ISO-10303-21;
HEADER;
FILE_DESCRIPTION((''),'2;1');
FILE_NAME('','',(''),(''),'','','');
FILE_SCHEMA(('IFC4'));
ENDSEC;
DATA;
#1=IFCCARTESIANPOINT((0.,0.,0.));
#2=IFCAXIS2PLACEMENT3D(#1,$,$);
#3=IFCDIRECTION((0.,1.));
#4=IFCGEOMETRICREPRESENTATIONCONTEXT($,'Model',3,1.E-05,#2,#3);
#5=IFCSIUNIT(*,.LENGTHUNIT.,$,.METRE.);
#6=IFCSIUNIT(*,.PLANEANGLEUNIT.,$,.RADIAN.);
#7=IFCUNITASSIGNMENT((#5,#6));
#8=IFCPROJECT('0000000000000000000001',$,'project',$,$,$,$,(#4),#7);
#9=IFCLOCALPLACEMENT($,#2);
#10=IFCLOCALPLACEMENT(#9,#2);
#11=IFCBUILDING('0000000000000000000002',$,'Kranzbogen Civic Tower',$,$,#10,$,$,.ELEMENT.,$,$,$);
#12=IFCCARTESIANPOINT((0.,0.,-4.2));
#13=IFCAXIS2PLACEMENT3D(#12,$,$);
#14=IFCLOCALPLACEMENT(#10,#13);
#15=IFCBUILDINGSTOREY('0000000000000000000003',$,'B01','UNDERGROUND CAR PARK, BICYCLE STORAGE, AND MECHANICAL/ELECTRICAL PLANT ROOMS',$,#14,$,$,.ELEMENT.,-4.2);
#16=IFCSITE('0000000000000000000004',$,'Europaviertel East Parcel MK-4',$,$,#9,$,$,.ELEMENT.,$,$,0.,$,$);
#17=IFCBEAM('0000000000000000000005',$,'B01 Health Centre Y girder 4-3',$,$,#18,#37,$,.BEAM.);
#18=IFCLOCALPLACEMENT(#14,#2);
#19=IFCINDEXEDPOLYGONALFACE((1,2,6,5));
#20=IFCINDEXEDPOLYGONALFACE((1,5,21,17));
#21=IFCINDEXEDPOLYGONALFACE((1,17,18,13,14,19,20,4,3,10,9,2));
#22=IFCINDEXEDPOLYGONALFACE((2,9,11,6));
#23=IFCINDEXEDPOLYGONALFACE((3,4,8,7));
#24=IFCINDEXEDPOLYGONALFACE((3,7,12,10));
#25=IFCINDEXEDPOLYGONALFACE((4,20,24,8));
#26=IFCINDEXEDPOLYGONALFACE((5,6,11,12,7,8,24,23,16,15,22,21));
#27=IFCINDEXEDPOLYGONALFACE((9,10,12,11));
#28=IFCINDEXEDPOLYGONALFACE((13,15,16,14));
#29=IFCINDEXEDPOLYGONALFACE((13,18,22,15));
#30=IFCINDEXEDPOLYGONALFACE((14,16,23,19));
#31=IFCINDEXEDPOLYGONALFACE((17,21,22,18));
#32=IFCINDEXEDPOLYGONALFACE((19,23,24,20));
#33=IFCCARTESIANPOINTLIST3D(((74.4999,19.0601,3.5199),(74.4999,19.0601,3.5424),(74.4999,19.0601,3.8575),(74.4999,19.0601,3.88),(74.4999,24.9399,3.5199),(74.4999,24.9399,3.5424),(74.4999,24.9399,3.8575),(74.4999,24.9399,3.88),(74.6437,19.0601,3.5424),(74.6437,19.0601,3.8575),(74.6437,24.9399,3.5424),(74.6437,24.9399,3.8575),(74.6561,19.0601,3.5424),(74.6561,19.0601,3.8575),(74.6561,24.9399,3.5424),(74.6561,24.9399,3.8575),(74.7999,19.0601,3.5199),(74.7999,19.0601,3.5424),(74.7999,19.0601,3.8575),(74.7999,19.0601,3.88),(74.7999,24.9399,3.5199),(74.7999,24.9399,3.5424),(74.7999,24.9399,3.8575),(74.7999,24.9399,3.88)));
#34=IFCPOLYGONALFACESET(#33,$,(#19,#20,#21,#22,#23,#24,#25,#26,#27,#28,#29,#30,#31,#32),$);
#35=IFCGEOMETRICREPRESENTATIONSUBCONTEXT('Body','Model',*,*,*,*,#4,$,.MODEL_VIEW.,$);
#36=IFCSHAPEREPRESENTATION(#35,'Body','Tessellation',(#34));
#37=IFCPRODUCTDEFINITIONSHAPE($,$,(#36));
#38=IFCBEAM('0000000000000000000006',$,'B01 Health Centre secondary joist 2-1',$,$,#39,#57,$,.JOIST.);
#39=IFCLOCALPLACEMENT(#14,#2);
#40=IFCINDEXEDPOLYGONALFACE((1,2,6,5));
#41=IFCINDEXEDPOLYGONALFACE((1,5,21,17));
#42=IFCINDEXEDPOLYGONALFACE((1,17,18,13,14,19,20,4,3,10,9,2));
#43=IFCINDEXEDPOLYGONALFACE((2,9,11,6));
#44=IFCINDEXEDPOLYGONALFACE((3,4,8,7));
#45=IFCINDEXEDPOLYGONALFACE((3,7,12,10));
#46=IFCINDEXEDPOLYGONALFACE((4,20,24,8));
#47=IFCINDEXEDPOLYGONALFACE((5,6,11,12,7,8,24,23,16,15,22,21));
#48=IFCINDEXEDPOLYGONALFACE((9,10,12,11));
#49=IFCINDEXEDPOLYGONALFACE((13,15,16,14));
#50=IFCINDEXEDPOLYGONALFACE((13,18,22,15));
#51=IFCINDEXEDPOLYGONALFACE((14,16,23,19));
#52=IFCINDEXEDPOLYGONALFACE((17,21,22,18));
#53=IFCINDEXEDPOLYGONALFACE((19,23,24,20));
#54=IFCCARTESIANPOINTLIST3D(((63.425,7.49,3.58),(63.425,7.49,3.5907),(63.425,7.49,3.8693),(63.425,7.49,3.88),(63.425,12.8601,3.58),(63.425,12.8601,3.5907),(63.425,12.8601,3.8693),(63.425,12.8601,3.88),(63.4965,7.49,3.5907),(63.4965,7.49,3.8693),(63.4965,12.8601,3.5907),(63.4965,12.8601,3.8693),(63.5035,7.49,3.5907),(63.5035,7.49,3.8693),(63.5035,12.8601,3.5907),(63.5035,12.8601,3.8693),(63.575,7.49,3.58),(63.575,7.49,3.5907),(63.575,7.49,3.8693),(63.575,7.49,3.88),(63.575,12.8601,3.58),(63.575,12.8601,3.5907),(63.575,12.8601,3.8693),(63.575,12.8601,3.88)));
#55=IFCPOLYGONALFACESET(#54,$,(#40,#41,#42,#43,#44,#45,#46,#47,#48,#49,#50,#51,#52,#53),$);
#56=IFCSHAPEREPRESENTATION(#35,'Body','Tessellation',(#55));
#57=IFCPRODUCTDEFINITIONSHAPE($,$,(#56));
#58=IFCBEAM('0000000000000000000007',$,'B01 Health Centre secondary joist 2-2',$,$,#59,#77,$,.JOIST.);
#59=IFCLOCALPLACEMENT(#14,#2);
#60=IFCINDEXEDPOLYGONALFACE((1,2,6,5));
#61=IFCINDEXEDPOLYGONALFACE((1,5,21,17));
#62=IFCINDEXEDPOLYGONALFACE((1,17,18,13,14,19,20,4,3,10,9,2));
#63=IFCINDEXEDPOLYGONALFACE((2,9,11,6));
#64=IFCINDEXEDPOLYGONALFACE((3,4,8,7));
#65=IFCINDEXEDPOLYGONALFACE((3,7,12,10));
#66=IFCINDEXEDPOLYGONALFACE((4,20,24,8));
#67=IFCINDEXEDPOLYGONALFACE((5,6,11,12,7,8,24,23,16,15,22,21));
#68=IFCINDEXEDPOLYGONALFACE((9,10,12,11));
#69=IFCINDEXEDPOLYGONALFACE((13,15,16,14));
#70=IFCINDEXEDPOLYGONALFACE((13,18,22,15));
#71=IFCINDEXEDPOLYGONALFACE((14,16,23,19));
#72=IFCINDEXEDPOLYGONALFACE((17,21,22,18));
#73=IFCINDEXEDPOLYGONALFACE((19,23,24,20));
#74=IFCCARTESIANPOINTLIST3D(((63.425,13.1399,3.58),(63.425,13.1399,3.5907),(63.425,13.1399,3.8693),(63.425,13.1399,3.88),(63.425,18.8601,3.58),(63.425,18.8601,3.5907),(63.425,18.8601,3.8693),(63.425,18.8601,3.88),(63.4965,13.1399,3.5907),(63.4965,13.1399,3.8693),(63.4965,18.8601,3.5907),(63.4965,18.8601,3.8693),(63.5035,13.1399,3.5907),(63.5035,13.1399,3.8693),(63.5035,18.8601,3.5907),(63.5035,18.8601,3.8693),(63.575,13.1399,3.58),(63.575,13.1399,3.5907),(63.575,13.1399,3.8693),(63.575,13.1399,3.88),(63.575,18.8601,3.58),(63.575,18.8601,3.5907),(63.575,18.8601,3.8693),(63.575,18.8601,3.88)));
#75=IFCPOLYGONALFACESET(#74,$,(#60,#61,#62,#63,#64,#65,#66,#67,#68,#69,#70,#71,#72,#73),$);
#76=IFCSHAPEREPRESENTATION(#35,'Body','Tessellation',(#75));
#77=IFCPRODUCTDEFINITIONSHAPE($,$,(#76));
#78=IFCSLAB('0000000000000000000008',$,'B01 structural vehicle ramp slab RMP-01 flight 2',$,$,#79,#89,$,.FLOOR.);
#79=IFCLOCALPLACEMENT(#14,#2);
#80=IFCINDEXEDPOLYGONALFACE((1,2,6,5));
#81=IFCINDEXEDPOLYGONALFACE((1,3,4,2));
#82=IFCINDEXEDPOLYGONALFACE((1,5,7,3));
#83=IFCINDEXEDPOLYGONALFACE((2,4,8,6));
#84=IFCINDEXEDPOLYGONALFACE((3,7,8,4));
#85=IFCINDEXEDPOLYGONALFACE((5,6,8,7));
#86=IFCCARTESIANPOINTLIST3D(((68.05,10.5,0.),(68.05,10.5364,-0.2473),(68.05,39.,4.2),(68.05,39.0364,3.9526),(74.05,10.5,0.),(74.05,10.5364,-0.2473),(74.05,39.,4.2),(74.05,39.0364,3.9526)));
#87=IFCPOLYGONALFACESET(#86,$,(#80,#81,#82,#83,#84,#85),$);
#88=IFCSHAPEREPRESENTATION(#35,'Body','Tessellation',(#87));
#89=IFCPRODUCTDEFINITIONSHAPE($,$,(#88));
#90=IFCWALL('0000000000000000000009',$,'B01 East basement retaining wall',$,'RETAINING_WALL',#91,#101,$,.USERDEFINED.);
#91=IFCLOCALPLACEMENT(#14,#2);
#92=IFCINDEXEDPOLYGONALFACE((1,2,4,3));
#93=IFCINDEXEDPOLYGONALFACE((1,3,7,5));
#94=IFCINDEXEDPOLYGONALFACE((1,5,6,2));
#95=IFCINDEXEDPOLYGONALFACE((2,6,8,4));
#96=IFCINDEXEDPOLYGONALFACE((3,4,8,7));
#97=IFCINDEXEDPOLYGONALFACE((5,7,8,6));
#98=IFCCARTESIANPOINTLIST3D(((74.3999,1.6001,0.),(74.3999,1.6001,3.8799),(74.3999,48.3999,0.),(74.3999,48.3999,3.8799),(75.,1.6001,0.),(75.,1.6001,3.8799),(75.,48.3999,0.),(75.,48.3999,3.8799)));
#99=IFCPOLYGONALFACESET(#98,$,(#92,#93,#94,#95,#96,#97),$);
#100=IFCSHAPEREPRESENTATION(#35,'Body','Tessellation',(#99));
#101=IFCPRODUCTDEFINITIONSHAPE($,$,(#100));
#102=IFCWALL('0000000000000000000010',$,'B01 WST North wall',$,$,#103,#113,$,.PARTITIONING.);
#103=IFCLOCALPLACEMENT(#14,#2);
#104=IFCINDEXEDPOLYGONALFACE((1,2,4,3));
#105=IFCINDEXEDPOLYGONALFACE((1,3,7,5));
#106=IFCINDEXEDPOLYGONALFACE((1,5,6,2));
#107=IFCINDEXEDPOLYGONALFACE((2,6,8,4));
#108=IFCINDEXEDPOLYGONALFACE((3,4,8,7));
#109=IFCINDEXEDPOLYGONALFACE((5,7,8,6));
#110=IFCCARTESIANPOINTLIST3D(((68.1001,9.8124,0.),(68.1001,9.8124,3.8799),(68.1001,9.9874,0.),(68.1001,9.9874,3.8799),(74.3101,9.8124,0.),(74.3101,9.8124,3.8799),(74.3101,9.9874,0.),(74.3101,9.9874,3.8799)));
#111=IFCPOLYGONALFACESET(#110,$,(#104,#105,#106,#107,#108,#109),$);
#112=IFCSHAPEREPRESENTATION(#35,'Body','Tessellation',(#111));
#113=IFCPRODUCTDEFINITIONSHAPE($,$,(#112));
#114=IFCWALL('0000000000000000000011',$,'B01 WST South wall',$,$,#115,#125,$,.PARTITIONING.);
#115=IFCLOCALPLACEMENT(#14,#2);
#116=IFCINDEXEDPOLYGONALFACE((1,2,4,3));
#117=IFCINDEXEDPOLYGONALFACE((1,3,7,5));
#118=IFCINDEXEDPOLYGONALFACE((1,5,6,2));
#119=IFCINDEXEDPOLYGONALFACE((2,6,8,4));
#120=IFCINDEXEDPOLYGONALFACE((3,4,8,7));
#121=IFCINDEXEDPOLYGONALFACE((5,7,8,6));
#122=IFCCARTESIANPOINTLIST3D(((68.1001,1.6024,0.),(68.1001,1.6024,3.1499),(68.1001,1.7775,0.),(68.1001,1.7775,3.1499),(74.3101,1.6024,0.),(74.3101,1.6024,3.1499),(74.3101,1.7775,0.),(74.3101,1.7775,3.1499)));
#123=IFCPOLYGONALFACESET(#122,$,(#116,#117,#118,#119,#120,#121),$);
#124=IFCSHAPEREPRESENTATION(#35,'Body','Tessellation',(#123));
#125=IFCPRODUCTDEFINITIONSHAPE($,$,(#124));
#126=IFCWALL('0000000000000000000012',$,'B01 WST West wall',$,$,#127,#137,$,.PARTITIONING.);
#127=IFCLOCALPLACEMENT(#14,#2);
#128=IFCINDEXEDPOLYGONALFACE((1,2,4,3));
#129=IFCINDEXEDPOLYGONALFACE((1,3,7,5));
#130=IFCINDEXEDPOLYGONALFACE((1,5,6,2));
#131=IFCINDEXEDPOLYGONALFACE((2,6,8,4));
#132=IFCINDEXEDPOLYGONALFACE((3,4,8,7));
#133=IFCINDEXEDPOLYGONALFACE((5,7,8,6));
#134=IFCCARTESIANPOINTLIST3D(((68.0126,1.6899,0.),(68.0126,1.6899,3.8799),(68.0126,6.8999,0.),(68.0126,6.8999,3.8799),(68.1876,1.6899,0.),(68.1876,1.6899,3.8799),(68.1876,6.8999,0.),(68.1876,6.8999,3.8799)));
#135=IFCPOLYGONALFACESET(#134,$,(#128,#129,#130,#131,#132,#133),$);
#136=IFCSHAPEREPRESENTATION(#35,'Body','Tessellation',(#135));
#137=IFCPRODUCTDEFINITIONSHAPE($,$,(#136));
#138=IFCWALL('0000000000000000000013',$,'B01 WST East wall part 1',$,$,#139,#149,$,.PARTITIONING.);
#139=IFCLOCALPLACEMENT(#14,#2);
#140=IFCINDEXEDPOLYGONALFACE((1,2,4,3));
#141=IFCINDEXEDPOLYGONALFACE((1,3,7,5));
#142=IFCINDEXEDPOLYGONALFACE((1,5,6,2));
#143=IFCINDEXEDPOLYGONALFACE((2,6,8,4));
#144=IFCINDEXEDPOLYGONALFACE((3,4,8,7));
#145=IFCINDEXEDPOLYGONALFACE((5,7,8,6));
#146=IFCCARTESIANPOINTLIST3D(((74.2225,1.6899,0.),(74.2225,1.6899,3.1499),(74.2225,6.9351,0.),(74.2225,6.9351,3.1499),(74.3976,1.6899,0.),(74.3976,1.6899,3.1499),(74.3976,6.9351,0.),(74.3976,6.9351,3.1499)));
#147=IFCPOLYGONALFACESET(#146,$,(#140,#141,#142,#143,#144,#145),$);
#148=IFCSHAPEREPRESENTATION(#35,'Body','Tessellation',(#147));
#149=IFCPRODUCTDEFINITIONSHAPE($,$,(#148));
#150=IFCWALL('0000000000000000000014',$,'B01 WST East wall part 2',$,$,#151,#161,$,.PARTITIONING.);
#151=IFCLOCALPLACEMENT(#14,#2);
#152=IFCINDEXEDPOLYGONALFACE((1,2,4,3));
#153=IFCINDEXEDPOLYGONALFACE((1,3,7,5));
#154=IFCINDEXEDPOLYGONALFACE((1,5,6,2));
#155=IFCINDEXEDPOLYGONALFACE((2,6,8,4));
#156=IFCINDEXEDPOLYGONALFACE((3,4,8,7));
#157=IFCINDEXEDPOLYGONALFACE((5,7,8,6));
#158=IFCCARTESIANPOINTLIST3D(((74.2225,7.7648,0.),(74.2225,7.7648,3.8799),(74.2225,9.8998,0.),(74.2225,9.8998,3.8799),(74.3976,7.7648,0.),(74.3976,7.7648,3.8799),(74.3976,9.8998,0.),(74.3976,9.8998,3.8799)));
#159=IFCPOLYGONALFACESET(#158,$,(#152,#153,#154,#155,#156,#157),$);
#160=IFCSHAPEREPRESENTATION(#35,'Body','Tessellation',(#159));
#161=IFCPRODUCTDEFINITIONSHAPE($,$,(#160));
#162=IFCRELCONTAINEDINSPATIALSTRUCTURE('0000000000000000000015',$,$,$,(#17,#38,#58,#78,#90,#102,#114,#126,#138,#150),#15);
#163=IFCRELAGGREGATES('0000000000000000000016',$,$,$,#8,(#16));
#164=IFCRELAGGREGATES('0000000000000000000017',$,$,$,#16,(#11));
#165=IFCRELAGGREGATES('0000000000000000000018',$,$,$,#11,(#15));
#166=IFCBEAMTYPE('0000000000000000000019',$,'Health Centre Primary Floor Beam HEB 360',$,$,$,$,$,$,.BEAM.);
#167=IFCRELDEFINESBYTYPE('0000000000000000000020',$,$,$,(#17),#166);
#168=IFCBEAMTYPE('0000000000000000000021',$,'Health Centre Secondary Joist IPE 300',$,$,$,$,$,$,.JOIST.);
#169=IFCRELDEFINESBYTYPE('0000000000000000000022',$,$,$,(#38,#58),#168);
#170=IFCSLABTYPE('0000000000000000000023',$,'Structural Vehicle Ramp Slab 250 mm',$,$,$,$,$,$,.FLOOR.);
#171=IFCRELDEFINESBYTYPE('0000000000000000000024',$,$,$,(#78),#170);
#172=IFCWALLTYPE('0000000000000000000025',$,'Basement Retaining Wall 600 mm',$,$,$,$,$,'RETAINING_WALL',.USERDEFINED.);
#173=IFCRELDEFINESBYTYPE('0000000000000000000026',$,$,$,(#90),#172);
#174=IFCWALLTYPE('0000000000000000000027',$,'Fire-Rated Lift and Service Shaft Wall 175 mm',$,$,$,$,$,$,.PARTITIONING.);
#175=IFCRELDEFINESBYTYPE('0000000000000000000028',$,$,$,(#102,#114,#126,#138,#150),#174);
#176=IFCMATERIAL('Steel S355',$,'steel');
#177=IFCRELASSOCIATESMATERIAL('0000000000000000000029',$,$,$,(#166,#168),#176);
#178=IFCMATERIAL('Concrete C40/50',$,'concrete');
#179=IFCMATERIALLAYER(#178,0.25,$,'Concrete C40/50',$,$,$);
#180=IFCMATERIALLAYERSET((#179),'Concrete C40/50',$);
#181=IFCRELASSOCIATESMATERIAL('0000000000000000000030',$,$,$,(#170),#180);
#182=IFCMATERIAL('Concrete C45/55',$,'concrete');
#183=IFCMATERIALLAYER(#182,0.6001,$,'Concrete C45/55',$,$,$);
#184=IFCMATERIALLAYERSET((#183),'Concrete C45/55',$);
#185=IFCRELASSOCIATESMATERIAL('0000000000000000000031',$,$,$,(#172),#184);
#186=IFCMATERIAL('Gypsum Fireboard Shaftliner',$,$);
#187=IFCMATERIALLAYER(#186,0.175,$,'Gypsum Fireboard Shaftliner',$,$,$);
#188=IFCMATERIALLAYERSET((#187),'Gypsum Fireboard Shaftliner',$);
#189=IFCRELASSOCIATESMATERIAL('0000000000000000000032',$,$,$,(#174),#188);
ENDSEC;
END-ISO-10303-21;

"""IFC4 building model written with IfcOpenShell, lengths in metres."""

from ifc_helpers import new_model, si_unit, direction, frame, frame_2d, origin, origin_2d, place, context, subcontext, project, spatial, polyline, rectangle, i_section, outline, extrude, material, layer, layer_set, material_profile, profile_set, type_object, element, save


model = new_model("IFC4")

# Units and contexts
model_context = context("Model", 3, precision=1e-05, world=origin(), true_north=direction((0.0, 1.0)))
body_context = subcontext(model_context, "Body", "Model", "MODEL_VIEW")
ifc_project = project(units=[si_unit("LENGTHUNIT", "METRE"), si_unit("PLANEANGLEUNIT", "RADIAN")], contexts=[model_context])

# Site, building, storey
site_placement = place(None, origin())
site = spatial("IfcSite", under=ifc_project, at=site_placement, Name="Europaviertel East Parcel MK-4", CompositionType="ELEMENT", RefElevation=0.0)
building_placement = place(site_placement, origin())
building = spatial("IfcBuilding", under=site, at=building_placement, Name="Kranzbogen Civic Tower", CompositionType="ELEMENT")
storey_placement = place(building_placement, frame((0.0, 0.0, -4.2)))
storey = spatial("IfcBuildingStorey", under=building, at=storey_placement, Name="B01", Description="UNDERGROUND CAR PARK, BICYCLE STORAGE, AND MECHANICAL/ELECTRICAL PLANT ROOMS", CompositionType="ELEMENT", Elevation=-4.2)

# Shared definitions
ifc_material_1 = material(Name="Steel S355", Category="steel")
ifc_material_2 = material(Name="Concrete C40/50", Category="concrete")

# Beams
ifc_material_profile_1 = material_profile(ifc_material_1, i_section(OverallWidth=0.3, OverallDepth=0.3601, WebThickness=0.0125, FlangeThickness=0.0225, at=origin_2d()), Name="HEB 360")
ifc_profile_set_1 = profile_set([ifc_material_profile_1], Name="Steel S355")
beam_type_1 = type_object("IfcBeamType", Name="Health Centre Primary Floor Beam HEB 360", PredefinedType="BEAM", material=ifc_profile_set_1)
for number, where, z_axis, x_axis, name in (
    (1, (74.6499, 19.0601, 3.7), (0.0, 1.0, 0.0), (-1.0, 0.0, 0.0), "B01 Health Centre Y girder 4-3"),
):
    element("IfcBeam", number, at=place(storey_placement, frame(where, z_axis=z_axis, x_axis=x_axis)), inside=storey, type_object=beam_type_1, Name=name, PredefinedType="BEAM", context=body_context, shape_type="SweptSolid", body=[
        extrude(i_section(OverallWidth=0.3, OverallDepth=0.3601, WebThickness=0.0125, FlangeThickness=0.0225, at=origin_2d()), origin(), (0.0, 0.0, 1.0), 5.8799),
    ])
ifc_material_profile_2 = material_profile(ifc_material_1, i_section(OverallWidth=0.1499, OverallDepth=0.3, WebThickness=0.0071, FlangeThickness=0.0107, at=origin_2d()), Name="IPE 300")
ifc_profile_set_2 = profile_set([ifc_material_profile_2], Name="Steel S355")
beam_type_2 = type_object("IfcBeamType", Name="Health Centre Secondary Joist IPE 300", PredefinedType="JOIST", material=ifc_profile_set_2)
beam_1_placement = place(storey_placement, frame((63.5, 7.49, 3.73), z_axis=(0.0, 1.0, 0.0), x_axis=(-1.0, 0.0, 0.0)))
element("IfcBeam", 2, at=beam_1_placement, inside=storey, type_object=beam_type_2, Name="B01 Health Centre secondary joist 2-1", PredefinedType="JOIST", context=body_context, shape_type="SweptSolid", body=[
    extrude(i_section(OverallWidth=0.1499, OverallDepth=0.3, WebThickness=0.0071, FlangeThickness=0.0107, at=origin_2d()), origin(), (0.0, 0.0, 1.0), 5.3701),
])
beam_2_placement = place(storey_placement, frame((63.5, 13.1399, 3.73), z_axis=(0.0, 1.0, 0.0), x_axis=(-1.0, 0.0, 0.0)))
element("IfcBeam", 3, at=beam_2_placement, inside=storey, type_object=beam_type_2, Name="B01 Health Centre secondary joist 2-2", PredefinedType="JOIST", context=body_context, shape_type="SweptSolid", body=[
    extrude(i_section(OverallWidth=0.1499, OverallDepth=0.3, WebThickness=0.0071, FlangeThickness=0.0107, at=origin_2d()), origin(), (0.0, 0.0, 1.0), 5.7202),
])

# Slab
ifc_layer_1 = layer(ifc_material_2, 0.25, Name="Concrete C40/50")
ifc_layer_set_1 = layer_set([ifc_layer_1], Name="Concrete C40/50")
slab_type = type_object("IfcSlabType", Name="Structural Vehicle Ramp Slab 250 mm", PredefinedType="FLOOR", material=ifc_layer_set_1)
slab_placement = place(storey_placement, frame((68.05, 10.5, 0.0), z_axis=(0.0, -0.145792, 0.989315), x_axis=(1.0, 0.0, 0.0)))
element("IfcSlab", 4, at=slab_placement, inside=storey, type_object=slab_type, Name="B01 structural vehicle ramp slab RMP-01 flight 2", PredefinedType="FLOOR", context=body_context, shape_type="SweptSolid", body=[
    extrude(outline(polyline([(0.0, 0.0), (6.0, 0.0), (6.0, 28.8078), (0.0, 28.8078), (0.0, 0.0)])), origin(), (0.0, 0.0, -1.0), 0.25),
])

# Walls
ifc_material_3 = material(Name="Concrete C45/55", Category="concrete")
ifc_layer_2 = layer(ifc_material_3, 0.6001, Name="Concrete C45/55")
ifc_layer_set_2 = layer_set([ifc_layer_2], Name="Concrete C45/55")
wall_type_1 = type_object("IfcWallType", Name="Basement Retaining Wall 600 mm", ElementType="RETAINING_WALL", PredefinedType="USERDEFINED", material=ifc_layer_set_2)
wall_1_placement = place(storey_placement, frame((74.7, 1.6001, 0.0), z_axis=(0.0, 0.0, 1.0), x_axis=(0.0, 1.0, 0.0)))
element("IfcWall", 5, at=wall_1_placement, inside=storey, type_object=wall_type_1, Name="B01 East basement retaining wall", ObjectType="RETAINING_WALL", PredefinedType="USERDEFINED", context=body_context, shape_type="SweptSolid", body=[
    extrude(rectangle(XDim=46.7998, YDim=0.6001, at=frame_2d((23.3999, 0.0))), origin(), (0.0, 0.0, 1.0), 3.8799),
])
ifc_material_4 = material(Name="Gypsum Fireboard Shaftliner")
ifc_layer_3 = layer(ifc_material_4, 0.175, Name="Gypsum Fireboard Shaftliner")
ifc_layer_set_3 = layer_set([ifc_layer_3], Name="Gypsum Fireboard Shaftliner")
wall_type_2 = type_object("IfcWallType", Name="Fire-Rated Lift and Service Shaft Wall 175 mm", PredefinedType="PARTITIONING", material=ifc_layer_set_3)
wall_2_placement = place(storey_placement, frame((68.1001, 9.8999, 0.0), z_axis=(0.0, 0.0, 1.0), x_axis=(1.0, 0.0, 0.0)))
element("IfcWall", 6, at=wall_2_placement, inside=storey, type_object=wall_type_2, Name="B01 WST North wall", PredefinedType="PARTITIONING", context=body_context, shape_type="SweptSolid", body=[
    extrude(rectangle(XDim=6.21, YDim=0.175, at=frame_2d((3.105, 0.0))), origin(), (0.0, 0.0, 1.0), 3.8799),
])
wall_3_placement = place(storey_placement, frame((68.1001, 1.6899, 0.0), z_axis=(0.0, 0.0, 1.0), x_axis=(1.0, 0.0, 0.0)))
element("IfcWall", 7, at=wall_3_placement, inside=storey, type_object=wall_type_2, Name="B01 WST South wall", PredefinedType="PARTITIONING", context=body_context, shape_type="SweptSolid", body=[
    extrude(rectangle(XDim=6.21, YDim=0.175, at=frame_2d((3.105, 0.0))), origin(), (0.0, 0.0, 1.0), 3.1499),
])
wall_4_placement = place(storey_placement, frame((68.1001, 1.6899, 0.0), z_axis=(0.0, 0.0, 1.0), x_axis=(0.0, 1.0, 0.0)))
element("IfcWall", 8, at=wall_4_placement, inside=storey, type_object=wall_type_2, Name="B01 WST West wall", PredefinedType="PARTITIONING", context=body_context, shape_type="SweptSolid", body=[
    extrude(rectangle(XDim=5.21, YDim=0.175, at=frame_2d((2.605, 0.0))), origin(), (0.0, 0.0, 1.0), 3.8799),
])
wall_5_placement = place(storey_placement, frame((74.3101, 1.6899, 0.0), z_axis=(0.0, 0.0, 1.0), x_axis=(0.0, 1.0, 0.0)))
element("IfcWall", 9, at=wall_5_placement, inside=storey, type_object=wall_type_2, Name="B01 WST East wall part 1", PredefinedType="PARTITIONING", context=body_context, shape_type="SweptSolid", body=[
    extrude(rectangle(XDim=5.2451, YDim=0.175, at=frame_2d((2.6226, 0.0))), origin(), (0.0, 0.0, 1.0), 3.1499),
])
wall_6_placement = place(storey_placement, frame((74.3101, 7.7649, 0.0), z_axis=(0.0, 0.0, 1.0), x_axis=(0.0, 1.0, 0.0)))
element("IfcWall", 10, at=wall_6_placement, inside=storey, type_object=wall_type_2, Name="B01 WST East wall part 2", PredefinedType="PARTITIONING", context=body_context, shape_type="SweptSolid", body=[
    extrude(rectangle(XDim=2.135, YDim=0.175, at=frame_2d((1.0674, 0.0))), origin(), (0.0, 0.0, 1.0), 3.8799),
])

save(model, "model.ifc")
